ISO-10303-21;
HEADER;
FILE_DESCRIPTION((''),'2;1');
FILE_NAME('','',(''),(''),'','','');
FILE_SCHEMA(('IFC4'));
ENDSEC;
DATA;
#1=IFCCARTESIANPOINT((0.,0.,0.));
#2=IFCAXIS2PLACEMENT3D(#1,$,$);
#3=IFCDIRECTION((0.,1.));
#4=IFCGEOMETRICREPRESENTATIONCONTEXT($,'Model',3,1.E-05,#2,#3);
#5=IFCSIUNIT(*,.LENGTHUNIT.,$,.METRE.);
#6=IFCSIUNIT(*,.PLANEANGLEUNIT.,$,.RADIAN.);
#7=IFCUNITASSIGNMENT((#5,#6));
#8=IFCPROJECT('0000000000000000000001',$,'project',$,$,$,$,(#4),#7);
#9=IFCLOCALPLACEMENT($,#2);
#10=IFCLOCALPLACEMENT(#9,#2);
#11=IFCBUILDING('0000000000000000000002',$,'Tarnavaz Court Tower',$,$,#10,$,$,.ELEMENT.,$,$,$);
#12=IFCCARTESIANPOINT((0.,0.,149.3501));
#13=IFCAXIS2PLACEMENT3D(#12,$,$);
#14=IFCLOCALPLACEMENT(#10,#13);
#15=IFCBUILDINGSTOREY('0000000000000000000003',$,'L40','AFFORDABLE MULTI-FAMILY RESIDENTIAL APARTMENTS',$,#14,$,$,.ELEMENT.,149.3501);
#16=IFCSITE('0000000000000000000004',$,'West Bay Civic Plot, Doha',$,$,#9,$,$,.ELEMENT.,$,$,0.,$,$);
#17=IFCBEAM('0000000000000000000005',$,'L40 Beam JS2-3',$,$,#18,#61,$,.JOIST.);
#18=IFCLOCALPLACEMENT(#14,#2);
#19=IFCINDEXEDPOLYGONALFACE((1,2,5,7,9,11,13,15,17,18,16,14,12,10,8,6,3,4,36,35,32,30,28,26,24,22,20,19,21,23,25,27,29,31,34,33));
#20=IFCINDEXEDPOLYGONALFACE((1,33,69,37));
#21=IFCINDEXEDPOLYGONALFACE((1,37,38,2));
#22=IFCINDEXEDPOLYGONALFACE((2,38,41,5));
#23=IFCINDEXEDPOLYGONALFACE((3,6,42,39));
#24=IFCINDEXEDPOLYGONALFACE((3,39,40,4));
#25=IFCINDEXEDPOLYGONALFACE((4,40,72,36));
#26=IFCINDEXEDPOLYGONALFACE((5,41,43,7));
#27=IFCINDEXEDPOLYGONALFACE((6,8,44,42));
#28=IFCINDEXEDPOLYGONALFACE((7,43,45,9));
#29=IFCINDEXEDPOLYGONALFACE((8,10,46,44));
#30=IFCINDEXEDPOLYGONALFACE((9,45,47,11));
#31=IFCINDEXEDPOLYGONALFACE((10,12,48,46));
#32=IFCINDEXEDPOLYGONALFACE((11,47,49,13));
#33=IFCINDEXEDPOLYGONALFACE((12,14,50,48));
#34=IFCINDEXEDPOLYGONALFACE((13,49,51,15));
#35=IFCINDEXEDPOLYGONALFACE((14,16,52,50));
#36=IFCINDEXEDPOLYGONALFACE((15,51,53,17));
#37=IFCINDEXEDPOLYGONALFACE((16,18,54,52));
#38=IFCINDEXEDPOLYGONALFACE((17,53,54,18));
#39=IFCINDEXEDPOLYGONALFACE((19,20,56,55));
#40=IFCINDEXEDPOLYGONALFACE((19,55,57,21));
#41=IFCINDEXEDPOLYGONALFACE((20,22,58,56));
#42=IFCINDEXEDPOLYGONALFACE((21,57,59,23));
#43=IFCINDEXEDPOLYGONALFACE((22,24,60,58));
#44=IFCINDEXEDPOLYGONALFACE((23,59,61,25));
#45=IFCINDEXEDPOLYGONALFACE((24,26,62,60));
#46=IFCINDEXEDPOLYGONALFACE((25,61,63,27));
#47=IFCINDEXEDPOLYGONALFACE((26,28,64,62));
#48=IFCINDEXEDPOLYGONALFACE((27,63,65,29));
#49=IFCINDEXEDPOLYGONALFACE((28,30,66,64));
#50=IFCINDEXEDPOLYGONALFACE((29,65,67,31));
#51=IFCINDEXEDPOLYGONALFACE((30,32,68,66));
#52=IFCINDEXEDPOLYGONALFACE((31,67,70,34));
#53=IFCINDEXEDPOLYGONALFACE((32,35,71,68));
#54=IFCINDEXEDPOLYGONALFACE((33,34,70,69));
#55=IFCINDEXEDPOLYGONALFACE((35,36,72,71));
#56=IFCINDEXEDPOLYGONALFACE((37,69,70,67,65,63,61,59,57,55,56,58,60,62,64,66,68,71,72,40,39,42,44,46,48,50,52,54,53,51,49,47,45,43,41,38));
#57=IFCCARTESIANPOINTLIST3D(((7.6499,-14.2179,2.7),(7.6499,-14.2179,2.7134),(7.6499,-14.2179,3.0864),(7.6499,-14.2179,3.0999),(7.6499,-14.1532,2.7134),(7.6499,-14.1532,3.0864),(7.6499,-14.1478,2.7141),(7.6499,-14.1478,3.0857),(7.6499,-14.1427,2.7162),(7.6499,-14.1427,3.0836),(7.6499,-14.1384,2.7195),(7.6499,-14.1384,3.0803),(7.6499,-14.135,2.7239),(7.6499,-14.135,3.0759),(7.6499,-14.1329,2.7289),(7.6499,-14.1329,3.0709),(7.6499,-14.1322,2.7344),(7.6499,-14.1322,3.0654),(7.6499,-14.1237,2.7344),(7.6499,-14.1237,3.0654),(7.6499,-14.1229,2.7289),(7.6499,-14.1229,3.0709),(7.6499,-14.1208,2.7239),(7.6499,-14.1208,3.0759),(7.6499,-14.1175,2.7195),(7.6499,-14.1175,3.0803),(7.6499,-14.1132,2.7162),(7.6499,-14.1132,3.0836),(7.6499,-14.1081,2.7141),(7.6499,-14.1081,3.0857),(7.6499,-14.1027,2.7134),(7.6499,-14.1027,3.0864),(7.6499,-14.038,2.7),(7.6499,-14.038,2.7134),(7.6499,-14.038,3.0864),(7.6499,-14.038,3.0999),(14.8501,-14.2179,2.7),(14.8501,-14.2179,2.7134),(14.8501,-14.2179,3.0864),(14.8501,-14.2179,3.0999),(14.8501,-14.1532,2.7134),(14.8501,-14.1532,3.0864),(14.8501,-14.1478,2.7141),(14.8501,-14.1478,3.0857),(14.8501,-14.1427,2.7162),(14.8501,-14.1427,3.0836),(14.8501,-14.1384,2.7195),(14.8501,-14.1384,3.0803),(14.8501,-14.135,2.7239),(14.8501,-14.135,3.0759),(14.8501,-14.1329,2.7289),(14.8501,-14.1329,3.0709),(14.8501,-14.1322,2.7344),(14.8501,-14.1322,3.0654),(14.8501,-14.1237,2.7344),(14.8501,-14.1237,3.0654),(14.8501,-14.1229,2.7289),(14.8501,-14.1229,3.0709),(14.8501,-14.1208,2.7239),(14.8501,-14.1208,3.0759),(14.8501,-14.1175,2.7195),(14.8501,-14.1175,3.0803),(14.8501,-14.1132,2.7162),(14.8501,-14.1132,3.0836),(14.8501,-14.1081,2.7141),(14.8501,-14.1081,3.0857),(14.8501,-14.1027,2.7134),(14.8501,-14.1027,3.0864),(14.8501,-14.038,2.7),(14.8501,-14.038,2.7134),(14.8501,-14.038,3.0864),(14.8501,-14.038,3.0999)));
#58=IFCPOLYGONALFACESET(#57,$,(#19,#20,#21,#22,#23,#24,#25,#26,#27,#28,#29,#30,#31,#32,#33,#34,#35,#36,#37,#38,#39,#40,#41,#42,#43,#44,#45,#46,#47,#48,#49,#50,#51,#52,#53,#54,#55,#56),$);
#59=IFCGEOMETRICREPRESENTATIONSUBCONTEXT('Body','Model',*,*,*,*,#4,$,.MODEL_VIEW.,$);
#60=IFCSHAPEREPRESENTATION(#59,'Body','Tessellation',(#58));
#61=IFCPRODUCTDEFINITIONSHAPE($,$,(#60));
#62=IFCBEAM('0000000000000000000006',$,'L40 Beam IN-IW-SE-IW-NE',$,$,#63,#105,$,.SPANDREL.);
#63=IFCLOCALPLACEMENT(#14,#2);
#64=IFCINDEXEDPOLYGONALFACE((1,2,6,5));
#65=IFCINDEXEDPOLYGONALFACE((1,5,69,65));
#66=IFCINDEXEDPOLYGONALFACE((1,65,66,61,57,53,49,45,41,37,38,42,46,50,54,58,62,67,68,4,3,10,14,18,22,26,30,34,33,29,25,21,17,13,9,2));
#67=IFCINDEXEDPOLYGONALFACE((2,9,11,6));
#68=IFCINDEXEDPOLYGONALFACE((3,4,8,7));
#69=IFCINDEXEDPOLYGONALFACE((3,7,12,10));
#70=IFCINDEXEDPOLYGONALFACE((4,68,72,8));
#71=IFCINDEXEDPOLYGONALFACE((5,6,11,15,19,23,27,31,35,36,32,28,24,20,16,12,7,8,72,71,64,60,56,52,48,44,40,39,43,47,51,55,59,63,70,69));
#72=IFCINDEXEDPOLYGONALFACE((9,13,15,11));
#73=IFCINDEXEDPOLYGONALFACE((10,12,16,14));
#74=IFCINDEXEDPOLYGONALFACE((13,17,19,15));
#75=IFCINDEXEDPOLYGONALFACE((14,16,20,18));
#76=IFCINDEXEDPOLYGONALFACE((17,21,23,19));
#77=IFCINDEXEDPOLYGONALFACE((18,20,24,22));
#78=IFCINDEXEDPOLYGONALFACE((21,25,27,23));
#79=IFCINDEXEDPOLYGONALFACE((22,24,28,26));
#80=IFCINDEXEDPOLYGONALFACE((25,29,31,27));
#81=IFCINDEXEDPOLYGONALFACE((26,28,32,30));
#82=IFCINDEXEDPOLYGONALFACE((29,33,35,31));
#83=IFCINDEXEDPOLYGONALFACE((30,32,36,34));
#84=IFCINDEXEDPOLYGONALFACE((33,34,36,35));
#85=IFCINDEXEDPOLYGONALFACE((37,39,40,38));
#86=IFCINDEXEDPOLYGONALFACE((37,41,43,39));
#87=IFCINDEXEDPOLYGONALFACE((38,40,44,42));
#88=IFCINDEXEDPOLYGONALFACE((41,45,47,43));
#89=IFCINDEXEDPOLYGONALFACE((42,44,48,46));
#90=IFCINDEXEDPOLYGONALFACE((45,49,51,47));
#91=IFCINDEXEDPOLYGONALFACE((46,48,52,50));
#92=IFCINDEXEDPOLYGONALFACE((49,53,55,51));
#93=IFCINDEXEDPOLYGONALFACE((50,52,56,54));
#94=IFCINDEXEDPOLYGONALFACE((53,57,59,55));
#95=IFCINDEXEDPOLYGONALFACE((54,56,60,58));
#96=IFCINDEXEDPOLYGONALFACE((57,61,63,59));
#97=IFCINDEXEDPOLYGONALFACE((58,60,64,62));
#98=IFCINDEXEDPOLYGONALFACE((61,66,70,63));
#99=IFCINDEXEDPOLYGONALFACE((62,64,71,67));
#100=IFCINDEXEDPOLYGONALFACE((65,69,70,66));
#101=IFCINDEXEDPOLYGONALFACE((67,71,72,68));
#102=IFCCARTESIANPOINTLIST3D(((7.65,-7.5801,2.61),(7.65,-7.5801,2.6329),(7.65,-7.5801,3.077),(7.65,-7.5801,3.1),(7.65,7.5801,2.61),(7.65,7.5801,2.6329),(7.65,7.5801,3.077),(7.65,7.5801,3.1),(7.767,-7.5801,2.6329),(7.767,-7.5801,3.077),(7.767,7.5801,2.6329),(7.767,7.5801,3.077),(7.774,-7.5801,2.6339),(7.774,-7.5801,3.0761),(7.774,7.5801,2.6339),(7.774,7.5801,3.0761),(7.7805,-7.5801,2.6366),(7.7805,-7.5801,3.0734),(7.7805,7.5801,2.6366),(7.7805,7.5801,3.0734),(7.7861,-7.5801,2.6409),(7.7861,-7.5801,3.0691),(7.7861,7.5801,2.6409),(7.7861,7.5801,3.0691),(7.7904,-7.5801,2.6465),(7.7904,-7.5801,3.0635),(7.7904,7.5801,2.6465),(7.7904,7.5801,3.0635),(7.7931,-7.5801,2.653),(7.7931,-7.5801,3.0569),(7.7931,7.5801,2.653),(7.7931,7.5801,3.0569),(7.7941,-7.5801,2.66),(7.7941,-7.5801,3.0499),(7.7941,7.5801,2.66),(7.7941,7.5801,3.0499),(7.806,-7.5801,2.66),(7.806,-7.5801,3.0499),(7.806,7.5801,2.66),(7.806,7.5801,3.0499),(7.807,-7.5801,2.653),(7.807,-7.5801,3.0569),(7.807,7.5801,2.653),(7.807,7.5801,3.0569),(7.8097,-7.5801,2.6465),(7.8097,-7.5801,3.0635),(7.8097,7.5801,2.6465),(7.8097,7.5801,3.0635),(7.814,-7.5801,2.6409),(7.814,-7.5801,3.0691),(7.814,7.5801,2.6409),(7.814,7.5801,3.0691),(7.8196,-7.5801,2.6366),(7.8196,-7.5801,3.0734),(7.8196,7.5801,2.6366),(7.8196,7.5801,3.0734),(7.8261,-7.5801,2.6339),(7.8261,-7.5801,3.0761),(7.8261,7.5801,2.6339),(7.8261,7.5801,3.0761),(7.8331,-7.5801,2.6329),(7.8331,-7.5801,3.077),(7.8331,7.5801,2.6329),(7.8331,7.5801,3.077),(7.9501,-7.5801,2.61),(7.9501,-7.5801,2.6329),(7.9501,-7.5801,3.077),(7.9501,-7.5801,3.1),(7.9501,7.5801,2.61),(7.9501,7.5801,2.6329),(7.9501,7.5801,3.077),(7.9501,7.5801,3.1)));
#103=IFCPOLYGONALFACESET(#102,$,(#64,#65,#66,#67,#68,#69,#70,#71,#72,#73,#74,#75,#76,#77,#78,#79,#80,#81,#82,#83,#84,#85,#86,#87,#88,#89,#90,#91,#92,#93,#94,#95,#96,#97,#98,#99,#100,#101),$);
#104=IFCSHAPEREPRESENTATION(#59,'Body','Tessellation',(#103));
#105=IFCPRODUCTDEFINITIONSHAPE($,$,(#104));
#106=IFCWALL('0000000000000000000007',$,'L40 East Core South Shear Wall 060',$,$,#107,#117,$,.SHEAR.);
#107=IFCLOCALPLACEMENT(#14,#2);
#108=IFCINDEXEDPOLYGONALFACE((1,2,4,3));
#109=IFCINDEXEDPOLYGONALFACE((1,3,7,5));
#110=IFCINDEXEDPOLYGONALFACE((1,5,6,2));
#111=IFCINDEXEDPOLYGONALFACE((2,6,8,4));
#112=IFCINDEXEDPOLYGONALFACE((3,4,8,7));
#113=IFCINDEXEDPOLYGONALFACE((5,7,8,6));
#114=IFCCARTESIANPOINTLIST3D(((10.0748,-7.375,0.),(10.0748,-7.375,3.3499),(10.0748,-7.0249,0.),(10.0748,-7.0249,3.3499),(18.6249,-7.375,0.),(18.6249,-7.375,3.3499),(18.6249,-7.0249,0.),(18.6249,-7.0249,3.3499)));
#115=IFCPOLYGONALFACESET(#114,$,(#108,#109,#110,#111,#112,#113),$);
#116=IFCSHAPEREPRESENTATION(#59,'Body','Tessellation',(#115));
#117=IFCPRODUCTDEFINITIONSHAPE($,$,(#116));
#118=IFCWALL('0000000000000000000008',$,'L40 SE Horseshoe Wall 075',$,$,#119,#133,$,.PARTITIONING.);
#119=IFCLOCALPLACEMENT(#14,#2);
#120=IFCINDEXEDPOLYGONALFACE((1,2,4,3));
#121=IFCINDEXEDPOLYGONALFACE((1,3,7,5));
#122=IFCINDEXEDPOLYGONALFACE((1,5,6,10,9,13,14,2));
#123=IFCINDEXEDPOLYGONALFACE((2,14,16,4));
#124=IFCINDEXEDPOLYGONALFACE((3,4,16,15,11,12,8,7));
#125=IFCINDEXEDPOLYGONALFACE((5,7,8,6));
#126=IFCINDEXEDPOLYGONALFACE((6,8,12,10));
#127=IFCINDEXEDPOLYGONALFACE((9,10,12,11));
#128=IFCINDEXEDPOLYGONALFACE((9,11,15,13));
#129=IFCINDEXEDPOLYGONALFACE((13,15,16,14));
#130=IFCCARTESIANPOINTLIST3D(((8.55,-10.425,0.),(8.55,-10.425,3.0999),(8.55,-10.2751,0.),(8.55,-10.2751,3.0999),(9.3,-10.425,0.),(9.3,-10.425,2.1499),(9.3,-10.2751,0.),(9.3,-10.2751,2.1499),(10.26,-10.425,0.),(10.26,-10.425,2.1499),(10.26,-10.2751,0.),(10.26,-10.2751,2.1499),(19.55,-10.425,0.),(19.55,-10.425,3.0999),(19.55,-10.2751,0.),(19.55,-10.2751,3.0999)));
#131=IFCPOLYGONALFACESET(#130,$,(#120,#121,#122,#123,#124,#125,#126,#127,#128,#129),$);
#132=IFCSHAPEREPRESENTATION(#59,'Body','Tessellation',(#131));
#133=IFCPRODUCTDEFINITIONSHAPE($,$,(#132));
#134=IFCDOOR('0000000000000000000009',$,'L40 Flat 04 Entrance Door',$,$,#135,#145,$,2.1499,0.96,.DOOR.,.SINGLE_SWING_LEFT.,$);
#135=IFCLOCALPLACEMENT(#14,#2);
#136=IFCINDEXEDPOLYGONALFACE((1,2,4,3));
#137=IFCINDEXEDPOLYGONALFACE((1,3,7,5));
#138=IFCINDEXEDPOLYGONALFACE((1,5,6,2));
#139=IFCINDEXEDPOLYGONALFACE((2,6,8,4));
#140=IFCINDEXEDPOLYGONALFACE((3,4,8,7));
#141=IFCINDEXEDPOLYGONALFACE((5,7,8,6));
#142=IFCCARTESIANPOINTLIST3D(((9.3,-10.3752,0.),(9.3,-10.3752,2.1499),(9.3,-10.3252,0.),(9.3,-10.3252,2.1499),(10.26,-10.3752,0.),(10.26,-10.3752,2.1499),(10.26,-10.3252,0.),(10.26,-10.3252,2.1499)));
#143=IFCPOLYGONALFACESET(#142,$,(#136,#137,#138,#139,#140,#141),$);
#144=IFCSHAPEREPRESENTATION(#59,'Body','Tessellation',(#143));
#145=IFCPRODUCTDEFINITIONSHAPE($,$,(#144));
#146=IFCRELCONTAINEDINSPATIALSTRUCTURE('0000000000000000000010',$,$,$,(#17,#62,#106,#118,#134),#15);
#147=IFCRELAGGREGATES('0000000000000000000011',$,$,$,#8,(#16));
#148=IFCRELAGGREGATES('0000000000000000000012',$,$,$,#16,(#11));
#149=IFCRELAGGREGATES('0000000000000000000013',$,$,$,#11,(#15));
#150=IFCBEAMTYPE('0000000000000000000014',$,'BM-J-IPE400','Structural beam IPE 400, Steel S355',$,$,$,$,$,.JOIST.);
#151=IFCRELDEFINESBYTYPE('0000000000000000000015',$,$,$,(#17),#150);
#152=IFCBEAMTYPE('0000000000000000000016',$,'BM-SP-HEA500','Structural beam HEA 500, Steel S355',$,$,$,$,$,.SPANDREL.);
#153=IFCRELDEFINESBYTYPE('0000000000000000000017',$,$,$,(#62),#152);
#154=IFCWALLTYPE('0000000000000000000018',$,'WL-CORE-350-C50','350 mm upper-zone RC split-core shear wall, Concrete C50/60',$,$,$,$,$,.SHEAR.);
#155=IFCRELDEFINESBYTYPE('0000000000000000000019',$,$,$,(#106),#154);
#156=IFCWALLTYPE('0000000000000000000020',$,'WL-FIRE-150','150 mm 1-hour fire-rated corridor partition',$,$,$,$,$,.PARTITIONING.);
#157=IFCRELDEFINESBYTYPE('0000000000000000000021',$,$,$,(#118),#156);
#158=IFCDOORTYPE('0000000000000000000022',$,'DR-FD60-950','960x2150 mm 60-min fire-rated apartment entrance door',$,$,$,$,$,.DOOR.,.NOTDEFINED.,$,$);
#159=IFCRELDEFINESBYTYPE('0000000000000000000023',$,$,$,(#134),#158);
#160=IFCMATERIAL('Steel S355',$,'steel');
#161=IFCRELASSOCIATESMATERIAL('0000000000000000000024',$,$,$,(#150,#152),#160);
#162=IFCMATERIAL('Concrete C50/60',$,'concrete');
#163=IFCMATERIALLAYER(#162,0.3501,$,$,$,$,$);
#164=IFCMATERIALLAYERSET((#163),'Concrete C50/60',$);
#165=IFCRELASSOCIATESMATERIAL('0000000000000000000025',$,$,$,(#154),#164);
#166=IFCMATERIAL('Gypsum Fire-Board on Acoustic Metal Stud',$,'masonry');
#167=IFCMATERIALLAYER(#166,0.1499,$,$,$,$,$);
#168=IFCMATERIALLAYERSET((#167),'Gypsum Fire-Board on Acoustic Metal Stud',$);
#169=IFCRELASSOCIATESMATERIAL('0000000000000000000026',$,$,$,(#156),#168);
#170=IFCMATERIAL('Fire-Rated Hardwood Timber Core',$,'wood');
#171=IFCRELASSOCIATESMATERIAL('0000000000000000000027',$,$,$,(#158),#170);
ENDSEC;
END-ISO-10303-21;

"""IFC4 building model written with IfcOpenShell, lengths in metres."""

from ifc_helpers import new_model, si_unit, direction, frame, frame_2d, origin, origin_2d, place, context, subcontext, project, spatial, rectangle, i_section, extrude, material, layer, layer_set, material_profile, profile_set, type_object, element, fill, save


model = new_model("IFC4")

# Units and contexts
model_context = context("Model", 3, precision=1e-05, world=origin(), true_north=direction((0.0, 1.0)))
body_context = subcontext(model_context, "Body", "Model", "MODEL_VIEW")
ifc_project = project(units=[si_unit("LENGTHUNIT", "METRE"), si_unit("PLANEANGLEUNIT", "RADIAN")], contexts=[model_context])

# Site, building, storey
site_placement = place(None, origin())
site = spatial("IfcSite", under=ifc_project, at=site_placement, Name="West Bay Civic Plot, Doha", CompositionType="ELEMENT", RefElevation=0.0)
building_placement = place(site_placement, origin())
building = spatial("IfcBuilding", under=site, at=building_placement, Name="Tarnavaz Court Tower", CompositionType="ELEMENT")
storey_placement = place(building_placement, frame((0.0, 0.0, 149.3501)))
storey = spatial("IfcBuildingStorey", under=building, at=storey_placement, Name="L40", Description="AFFORDABLE MULTI-FAMILY RESIDENTIAL APARTMENTS", CompositionType="ELEMENT", Elevation=149.3501)

# Beams
ifc_material_1 = material(Name="Steel S355", Category="steel")
ifc_material_profile_1 = material_profile(ifc_material_1, i_section(OverallWidth=0.1799, OverallDepth=0.3999, WebThickness=0.0085, FlangeThickness=0.0134, FilletRadius=0.021, at=origin_2d()), Name="IPE 400")
ifc_profile_set_1 = profile_set([ifc_material_profile_1], Name="Steel S355")
beam_type_1 = type_object("IfcBeamType", Name="BM-J-IPE400", Description="Structural beam IPE 400, Steel S355", PredefinedType="JOIST", material=ifc_profile_set_1)
for number, where, z_axis, x_axis, name in (
    (1, (7.6499, -14.1279, 2.8999), (1.0, 0.0, 0.0), (0.0, 1.0, 0.0), "L40 Beam JS2-3"),
):
    element("IfcBeam", number, at=place(storey_placement, frame(where, z_axis=z_axis, x_axis=x_axis)), inside=storey, type_object=beam_type_1, Name=name, PredefinedType="JOIST", context=body_context, shape_type="SweptSolid", body=[
        extrude(i_section(OverallWidth=0.1799, OverallDepth=0.3999, WebThickness=0.0085, FlangeThickness=0.0134, FilletRadius=0.021, at=origin_2d()), origin(), (0.0, 0.0, 1.0), 7.2002),
    ])
ifc_material_profile_2 = material_profile(ifc_material_1, i_section(OverallWidth=0.3, OverallDepth=0.49, WebThickness=0.012, FlangeThickness=0.0229, FilletRadius=0.0271, at=origin_2d()), Name="HEA 500")
ifc_profile_set_2 = profile_set([ifc_material_profile_2], Name="Steel S355")
beam_type_2 = type_object("IfcBeamType", Name="BM-SP-HEA500", Description="Structural beam HEA 500, Steel S355", PredefinedType="SPANDREL", material=ifc_profile_set_2)
beam_1_placement = place(storey_placement, frame((7.8, -7.5801, 2.855), z_axis=(0.0, 1.0, 0.0), x_axis=(-1.0, 0.0, 0.0)))
element("IfcBeam", 2, at=beam_1_placement, inside=storey, type_object=beam_type_2, Name="L40 Beam IN-IW-SE-IW-NE", PredefinedType="SPANDREL", context=body_context, shape_type="SweptSolid", body=[
    extrude(i_section(OverallWidth=0.3, OverallDepth=0.49, WebThickness=0.012, FlangeThickness=0.0229, FilletRadius=0.0271, at=origin_2d()), origin(), (0.0, 0.0, 1.0), 15.1602),
])

# Wall
ifc_material_2 = material(Name="Concrete C50/60", Category="concrete")
ifc_layer_1 = layer(ifc_material_2, 0.3501)
ifc_layer_set_1 = layer_set([ifc_layer_1], Name="Concrete C50/60")
wall_type_1 = type_object("IfcWallType", Name="WL-CORE-350-C50", Description="350 mm upper-zone RC split-core shear wall, Concrete C50/60", PredefinedType="SHEAR", material=ifc_layer_set_1)
wall_1_placement = place(storey_placement, frame((10.075, -7.2, 0.0), z_axis=(0.0, 0.0, 1.0), x_axis=(1.0, 0.0, 0.0)))
element("IfcWall", 3, at=wall_1_placement, inside=storey, type_object=wall_type_1, Name="L40 East Core South Shear Wall 060", PredefinedType="SHEAR", context=body_context, shape_type="SweptSolid", body=[
    extrude(rectangle(XDim=8.55, YDim=0.3501, at=frame_2d((4.2749, 0.0))), origin(), (0.0, 0.0, 1.0), 3.3499),
])

# Wall, opening, door
ifc_material_3 = material(Name="Gypsum Fire-Board on Acoustic Metal Stud", Category="masonry")
ifc_layer_2 = layer(ifc_material_3, 0.1499)
ifc_layer_set_2 = layer_set([ifc_layer_2], Name="Gypsum Fire-Board on Acoustic Metal Stud")
wall_type_2 = type_object("IfcWallType", Name="WL-FIRE-150", Description="150 mm 1-hour fire-rated corridor partition", PredefinedType="PARTITIONING", material=ifc_layer_set_2)
wall_2_placement = place(storey_placement, frame((8.55, -10.3501, 0.0), z_axis=(0.0, 0.0, 1.0), x_axis=(1.0, 0.0, 0.0)))
wall_2 = element("IfcWall", 4, at=wall_2_placement, inside=storey, type_object=wall_type_2, Name="L40 SE Horseshoe Wall 075", PredefinedType="PARTITIONING", context=body_context, shape_type="SweptSolid", body=[
    extrude(rectangle(XDim=11.0, YDim=0.1499, at=frame_2d((5.5, 0.0))), origin(), (0.0, 0.0, 1.0), 3.0999),
])
opening_1_placement = place(wall_2_placement, frame((0.75, 0.0, 0.0)))
opening_1 = element("IfcOpeningElement", 5, at=opening_1_placement, cuts=wall_2, PredefinedType="OPENING", context=body_context, shape_type="SweptSolid", body=[
    extrude(rectangle(XDim=0.96, YDim=2.1499, at=frame_2d((0.48, 1.075))), frame((0.0, 0.085, 0.0), z_axis=(0.0, -1.0, 0.0), x_axis=(1.0, 0.0, 0.0)), (0.0, 0.0, 1.0), 0.1699),
])
ifc_material_4 = material(Name="Fire-Rated Hardwood Timber Core", Category="wood")
door_type_1 = type_object("IfcDoorType", Name="DR-FD60-950", Description="960x2150 mm 60-min fire-rated apartment entrance door", OperationType="NOTDEFINED", PredefinedType="DOOR", material=ifc_material_4)
door_1_placement = place(opening_1_placement, origin())
door_1 = element("IfcDoor", 6, at=door_1_placement, inside=storey, type_object=door_type_1, Name="L40 Flat 04 Entrance Door", OperationType="SINGLE_SWING_LEFT", OverallHeight=2.1499, OverallWidth=0.96, PredefinedType="DOOR", context=body_context, shape_type="SweptSolid", body=[
    extrude(rectangle(XDim=0.96, YDim=2.1499, at=frame_2d((0.48, 1.075))), frame((0.0, 0.0249, 0.0), z_axis=(0.0, -1.0, 0.0), x_axis=(1.0, 0.0, 0.0)), (0.0, 0.0, 1.0), 0.05),
])
fill(opening_1, door_1)

save(model, "model.ifc")
